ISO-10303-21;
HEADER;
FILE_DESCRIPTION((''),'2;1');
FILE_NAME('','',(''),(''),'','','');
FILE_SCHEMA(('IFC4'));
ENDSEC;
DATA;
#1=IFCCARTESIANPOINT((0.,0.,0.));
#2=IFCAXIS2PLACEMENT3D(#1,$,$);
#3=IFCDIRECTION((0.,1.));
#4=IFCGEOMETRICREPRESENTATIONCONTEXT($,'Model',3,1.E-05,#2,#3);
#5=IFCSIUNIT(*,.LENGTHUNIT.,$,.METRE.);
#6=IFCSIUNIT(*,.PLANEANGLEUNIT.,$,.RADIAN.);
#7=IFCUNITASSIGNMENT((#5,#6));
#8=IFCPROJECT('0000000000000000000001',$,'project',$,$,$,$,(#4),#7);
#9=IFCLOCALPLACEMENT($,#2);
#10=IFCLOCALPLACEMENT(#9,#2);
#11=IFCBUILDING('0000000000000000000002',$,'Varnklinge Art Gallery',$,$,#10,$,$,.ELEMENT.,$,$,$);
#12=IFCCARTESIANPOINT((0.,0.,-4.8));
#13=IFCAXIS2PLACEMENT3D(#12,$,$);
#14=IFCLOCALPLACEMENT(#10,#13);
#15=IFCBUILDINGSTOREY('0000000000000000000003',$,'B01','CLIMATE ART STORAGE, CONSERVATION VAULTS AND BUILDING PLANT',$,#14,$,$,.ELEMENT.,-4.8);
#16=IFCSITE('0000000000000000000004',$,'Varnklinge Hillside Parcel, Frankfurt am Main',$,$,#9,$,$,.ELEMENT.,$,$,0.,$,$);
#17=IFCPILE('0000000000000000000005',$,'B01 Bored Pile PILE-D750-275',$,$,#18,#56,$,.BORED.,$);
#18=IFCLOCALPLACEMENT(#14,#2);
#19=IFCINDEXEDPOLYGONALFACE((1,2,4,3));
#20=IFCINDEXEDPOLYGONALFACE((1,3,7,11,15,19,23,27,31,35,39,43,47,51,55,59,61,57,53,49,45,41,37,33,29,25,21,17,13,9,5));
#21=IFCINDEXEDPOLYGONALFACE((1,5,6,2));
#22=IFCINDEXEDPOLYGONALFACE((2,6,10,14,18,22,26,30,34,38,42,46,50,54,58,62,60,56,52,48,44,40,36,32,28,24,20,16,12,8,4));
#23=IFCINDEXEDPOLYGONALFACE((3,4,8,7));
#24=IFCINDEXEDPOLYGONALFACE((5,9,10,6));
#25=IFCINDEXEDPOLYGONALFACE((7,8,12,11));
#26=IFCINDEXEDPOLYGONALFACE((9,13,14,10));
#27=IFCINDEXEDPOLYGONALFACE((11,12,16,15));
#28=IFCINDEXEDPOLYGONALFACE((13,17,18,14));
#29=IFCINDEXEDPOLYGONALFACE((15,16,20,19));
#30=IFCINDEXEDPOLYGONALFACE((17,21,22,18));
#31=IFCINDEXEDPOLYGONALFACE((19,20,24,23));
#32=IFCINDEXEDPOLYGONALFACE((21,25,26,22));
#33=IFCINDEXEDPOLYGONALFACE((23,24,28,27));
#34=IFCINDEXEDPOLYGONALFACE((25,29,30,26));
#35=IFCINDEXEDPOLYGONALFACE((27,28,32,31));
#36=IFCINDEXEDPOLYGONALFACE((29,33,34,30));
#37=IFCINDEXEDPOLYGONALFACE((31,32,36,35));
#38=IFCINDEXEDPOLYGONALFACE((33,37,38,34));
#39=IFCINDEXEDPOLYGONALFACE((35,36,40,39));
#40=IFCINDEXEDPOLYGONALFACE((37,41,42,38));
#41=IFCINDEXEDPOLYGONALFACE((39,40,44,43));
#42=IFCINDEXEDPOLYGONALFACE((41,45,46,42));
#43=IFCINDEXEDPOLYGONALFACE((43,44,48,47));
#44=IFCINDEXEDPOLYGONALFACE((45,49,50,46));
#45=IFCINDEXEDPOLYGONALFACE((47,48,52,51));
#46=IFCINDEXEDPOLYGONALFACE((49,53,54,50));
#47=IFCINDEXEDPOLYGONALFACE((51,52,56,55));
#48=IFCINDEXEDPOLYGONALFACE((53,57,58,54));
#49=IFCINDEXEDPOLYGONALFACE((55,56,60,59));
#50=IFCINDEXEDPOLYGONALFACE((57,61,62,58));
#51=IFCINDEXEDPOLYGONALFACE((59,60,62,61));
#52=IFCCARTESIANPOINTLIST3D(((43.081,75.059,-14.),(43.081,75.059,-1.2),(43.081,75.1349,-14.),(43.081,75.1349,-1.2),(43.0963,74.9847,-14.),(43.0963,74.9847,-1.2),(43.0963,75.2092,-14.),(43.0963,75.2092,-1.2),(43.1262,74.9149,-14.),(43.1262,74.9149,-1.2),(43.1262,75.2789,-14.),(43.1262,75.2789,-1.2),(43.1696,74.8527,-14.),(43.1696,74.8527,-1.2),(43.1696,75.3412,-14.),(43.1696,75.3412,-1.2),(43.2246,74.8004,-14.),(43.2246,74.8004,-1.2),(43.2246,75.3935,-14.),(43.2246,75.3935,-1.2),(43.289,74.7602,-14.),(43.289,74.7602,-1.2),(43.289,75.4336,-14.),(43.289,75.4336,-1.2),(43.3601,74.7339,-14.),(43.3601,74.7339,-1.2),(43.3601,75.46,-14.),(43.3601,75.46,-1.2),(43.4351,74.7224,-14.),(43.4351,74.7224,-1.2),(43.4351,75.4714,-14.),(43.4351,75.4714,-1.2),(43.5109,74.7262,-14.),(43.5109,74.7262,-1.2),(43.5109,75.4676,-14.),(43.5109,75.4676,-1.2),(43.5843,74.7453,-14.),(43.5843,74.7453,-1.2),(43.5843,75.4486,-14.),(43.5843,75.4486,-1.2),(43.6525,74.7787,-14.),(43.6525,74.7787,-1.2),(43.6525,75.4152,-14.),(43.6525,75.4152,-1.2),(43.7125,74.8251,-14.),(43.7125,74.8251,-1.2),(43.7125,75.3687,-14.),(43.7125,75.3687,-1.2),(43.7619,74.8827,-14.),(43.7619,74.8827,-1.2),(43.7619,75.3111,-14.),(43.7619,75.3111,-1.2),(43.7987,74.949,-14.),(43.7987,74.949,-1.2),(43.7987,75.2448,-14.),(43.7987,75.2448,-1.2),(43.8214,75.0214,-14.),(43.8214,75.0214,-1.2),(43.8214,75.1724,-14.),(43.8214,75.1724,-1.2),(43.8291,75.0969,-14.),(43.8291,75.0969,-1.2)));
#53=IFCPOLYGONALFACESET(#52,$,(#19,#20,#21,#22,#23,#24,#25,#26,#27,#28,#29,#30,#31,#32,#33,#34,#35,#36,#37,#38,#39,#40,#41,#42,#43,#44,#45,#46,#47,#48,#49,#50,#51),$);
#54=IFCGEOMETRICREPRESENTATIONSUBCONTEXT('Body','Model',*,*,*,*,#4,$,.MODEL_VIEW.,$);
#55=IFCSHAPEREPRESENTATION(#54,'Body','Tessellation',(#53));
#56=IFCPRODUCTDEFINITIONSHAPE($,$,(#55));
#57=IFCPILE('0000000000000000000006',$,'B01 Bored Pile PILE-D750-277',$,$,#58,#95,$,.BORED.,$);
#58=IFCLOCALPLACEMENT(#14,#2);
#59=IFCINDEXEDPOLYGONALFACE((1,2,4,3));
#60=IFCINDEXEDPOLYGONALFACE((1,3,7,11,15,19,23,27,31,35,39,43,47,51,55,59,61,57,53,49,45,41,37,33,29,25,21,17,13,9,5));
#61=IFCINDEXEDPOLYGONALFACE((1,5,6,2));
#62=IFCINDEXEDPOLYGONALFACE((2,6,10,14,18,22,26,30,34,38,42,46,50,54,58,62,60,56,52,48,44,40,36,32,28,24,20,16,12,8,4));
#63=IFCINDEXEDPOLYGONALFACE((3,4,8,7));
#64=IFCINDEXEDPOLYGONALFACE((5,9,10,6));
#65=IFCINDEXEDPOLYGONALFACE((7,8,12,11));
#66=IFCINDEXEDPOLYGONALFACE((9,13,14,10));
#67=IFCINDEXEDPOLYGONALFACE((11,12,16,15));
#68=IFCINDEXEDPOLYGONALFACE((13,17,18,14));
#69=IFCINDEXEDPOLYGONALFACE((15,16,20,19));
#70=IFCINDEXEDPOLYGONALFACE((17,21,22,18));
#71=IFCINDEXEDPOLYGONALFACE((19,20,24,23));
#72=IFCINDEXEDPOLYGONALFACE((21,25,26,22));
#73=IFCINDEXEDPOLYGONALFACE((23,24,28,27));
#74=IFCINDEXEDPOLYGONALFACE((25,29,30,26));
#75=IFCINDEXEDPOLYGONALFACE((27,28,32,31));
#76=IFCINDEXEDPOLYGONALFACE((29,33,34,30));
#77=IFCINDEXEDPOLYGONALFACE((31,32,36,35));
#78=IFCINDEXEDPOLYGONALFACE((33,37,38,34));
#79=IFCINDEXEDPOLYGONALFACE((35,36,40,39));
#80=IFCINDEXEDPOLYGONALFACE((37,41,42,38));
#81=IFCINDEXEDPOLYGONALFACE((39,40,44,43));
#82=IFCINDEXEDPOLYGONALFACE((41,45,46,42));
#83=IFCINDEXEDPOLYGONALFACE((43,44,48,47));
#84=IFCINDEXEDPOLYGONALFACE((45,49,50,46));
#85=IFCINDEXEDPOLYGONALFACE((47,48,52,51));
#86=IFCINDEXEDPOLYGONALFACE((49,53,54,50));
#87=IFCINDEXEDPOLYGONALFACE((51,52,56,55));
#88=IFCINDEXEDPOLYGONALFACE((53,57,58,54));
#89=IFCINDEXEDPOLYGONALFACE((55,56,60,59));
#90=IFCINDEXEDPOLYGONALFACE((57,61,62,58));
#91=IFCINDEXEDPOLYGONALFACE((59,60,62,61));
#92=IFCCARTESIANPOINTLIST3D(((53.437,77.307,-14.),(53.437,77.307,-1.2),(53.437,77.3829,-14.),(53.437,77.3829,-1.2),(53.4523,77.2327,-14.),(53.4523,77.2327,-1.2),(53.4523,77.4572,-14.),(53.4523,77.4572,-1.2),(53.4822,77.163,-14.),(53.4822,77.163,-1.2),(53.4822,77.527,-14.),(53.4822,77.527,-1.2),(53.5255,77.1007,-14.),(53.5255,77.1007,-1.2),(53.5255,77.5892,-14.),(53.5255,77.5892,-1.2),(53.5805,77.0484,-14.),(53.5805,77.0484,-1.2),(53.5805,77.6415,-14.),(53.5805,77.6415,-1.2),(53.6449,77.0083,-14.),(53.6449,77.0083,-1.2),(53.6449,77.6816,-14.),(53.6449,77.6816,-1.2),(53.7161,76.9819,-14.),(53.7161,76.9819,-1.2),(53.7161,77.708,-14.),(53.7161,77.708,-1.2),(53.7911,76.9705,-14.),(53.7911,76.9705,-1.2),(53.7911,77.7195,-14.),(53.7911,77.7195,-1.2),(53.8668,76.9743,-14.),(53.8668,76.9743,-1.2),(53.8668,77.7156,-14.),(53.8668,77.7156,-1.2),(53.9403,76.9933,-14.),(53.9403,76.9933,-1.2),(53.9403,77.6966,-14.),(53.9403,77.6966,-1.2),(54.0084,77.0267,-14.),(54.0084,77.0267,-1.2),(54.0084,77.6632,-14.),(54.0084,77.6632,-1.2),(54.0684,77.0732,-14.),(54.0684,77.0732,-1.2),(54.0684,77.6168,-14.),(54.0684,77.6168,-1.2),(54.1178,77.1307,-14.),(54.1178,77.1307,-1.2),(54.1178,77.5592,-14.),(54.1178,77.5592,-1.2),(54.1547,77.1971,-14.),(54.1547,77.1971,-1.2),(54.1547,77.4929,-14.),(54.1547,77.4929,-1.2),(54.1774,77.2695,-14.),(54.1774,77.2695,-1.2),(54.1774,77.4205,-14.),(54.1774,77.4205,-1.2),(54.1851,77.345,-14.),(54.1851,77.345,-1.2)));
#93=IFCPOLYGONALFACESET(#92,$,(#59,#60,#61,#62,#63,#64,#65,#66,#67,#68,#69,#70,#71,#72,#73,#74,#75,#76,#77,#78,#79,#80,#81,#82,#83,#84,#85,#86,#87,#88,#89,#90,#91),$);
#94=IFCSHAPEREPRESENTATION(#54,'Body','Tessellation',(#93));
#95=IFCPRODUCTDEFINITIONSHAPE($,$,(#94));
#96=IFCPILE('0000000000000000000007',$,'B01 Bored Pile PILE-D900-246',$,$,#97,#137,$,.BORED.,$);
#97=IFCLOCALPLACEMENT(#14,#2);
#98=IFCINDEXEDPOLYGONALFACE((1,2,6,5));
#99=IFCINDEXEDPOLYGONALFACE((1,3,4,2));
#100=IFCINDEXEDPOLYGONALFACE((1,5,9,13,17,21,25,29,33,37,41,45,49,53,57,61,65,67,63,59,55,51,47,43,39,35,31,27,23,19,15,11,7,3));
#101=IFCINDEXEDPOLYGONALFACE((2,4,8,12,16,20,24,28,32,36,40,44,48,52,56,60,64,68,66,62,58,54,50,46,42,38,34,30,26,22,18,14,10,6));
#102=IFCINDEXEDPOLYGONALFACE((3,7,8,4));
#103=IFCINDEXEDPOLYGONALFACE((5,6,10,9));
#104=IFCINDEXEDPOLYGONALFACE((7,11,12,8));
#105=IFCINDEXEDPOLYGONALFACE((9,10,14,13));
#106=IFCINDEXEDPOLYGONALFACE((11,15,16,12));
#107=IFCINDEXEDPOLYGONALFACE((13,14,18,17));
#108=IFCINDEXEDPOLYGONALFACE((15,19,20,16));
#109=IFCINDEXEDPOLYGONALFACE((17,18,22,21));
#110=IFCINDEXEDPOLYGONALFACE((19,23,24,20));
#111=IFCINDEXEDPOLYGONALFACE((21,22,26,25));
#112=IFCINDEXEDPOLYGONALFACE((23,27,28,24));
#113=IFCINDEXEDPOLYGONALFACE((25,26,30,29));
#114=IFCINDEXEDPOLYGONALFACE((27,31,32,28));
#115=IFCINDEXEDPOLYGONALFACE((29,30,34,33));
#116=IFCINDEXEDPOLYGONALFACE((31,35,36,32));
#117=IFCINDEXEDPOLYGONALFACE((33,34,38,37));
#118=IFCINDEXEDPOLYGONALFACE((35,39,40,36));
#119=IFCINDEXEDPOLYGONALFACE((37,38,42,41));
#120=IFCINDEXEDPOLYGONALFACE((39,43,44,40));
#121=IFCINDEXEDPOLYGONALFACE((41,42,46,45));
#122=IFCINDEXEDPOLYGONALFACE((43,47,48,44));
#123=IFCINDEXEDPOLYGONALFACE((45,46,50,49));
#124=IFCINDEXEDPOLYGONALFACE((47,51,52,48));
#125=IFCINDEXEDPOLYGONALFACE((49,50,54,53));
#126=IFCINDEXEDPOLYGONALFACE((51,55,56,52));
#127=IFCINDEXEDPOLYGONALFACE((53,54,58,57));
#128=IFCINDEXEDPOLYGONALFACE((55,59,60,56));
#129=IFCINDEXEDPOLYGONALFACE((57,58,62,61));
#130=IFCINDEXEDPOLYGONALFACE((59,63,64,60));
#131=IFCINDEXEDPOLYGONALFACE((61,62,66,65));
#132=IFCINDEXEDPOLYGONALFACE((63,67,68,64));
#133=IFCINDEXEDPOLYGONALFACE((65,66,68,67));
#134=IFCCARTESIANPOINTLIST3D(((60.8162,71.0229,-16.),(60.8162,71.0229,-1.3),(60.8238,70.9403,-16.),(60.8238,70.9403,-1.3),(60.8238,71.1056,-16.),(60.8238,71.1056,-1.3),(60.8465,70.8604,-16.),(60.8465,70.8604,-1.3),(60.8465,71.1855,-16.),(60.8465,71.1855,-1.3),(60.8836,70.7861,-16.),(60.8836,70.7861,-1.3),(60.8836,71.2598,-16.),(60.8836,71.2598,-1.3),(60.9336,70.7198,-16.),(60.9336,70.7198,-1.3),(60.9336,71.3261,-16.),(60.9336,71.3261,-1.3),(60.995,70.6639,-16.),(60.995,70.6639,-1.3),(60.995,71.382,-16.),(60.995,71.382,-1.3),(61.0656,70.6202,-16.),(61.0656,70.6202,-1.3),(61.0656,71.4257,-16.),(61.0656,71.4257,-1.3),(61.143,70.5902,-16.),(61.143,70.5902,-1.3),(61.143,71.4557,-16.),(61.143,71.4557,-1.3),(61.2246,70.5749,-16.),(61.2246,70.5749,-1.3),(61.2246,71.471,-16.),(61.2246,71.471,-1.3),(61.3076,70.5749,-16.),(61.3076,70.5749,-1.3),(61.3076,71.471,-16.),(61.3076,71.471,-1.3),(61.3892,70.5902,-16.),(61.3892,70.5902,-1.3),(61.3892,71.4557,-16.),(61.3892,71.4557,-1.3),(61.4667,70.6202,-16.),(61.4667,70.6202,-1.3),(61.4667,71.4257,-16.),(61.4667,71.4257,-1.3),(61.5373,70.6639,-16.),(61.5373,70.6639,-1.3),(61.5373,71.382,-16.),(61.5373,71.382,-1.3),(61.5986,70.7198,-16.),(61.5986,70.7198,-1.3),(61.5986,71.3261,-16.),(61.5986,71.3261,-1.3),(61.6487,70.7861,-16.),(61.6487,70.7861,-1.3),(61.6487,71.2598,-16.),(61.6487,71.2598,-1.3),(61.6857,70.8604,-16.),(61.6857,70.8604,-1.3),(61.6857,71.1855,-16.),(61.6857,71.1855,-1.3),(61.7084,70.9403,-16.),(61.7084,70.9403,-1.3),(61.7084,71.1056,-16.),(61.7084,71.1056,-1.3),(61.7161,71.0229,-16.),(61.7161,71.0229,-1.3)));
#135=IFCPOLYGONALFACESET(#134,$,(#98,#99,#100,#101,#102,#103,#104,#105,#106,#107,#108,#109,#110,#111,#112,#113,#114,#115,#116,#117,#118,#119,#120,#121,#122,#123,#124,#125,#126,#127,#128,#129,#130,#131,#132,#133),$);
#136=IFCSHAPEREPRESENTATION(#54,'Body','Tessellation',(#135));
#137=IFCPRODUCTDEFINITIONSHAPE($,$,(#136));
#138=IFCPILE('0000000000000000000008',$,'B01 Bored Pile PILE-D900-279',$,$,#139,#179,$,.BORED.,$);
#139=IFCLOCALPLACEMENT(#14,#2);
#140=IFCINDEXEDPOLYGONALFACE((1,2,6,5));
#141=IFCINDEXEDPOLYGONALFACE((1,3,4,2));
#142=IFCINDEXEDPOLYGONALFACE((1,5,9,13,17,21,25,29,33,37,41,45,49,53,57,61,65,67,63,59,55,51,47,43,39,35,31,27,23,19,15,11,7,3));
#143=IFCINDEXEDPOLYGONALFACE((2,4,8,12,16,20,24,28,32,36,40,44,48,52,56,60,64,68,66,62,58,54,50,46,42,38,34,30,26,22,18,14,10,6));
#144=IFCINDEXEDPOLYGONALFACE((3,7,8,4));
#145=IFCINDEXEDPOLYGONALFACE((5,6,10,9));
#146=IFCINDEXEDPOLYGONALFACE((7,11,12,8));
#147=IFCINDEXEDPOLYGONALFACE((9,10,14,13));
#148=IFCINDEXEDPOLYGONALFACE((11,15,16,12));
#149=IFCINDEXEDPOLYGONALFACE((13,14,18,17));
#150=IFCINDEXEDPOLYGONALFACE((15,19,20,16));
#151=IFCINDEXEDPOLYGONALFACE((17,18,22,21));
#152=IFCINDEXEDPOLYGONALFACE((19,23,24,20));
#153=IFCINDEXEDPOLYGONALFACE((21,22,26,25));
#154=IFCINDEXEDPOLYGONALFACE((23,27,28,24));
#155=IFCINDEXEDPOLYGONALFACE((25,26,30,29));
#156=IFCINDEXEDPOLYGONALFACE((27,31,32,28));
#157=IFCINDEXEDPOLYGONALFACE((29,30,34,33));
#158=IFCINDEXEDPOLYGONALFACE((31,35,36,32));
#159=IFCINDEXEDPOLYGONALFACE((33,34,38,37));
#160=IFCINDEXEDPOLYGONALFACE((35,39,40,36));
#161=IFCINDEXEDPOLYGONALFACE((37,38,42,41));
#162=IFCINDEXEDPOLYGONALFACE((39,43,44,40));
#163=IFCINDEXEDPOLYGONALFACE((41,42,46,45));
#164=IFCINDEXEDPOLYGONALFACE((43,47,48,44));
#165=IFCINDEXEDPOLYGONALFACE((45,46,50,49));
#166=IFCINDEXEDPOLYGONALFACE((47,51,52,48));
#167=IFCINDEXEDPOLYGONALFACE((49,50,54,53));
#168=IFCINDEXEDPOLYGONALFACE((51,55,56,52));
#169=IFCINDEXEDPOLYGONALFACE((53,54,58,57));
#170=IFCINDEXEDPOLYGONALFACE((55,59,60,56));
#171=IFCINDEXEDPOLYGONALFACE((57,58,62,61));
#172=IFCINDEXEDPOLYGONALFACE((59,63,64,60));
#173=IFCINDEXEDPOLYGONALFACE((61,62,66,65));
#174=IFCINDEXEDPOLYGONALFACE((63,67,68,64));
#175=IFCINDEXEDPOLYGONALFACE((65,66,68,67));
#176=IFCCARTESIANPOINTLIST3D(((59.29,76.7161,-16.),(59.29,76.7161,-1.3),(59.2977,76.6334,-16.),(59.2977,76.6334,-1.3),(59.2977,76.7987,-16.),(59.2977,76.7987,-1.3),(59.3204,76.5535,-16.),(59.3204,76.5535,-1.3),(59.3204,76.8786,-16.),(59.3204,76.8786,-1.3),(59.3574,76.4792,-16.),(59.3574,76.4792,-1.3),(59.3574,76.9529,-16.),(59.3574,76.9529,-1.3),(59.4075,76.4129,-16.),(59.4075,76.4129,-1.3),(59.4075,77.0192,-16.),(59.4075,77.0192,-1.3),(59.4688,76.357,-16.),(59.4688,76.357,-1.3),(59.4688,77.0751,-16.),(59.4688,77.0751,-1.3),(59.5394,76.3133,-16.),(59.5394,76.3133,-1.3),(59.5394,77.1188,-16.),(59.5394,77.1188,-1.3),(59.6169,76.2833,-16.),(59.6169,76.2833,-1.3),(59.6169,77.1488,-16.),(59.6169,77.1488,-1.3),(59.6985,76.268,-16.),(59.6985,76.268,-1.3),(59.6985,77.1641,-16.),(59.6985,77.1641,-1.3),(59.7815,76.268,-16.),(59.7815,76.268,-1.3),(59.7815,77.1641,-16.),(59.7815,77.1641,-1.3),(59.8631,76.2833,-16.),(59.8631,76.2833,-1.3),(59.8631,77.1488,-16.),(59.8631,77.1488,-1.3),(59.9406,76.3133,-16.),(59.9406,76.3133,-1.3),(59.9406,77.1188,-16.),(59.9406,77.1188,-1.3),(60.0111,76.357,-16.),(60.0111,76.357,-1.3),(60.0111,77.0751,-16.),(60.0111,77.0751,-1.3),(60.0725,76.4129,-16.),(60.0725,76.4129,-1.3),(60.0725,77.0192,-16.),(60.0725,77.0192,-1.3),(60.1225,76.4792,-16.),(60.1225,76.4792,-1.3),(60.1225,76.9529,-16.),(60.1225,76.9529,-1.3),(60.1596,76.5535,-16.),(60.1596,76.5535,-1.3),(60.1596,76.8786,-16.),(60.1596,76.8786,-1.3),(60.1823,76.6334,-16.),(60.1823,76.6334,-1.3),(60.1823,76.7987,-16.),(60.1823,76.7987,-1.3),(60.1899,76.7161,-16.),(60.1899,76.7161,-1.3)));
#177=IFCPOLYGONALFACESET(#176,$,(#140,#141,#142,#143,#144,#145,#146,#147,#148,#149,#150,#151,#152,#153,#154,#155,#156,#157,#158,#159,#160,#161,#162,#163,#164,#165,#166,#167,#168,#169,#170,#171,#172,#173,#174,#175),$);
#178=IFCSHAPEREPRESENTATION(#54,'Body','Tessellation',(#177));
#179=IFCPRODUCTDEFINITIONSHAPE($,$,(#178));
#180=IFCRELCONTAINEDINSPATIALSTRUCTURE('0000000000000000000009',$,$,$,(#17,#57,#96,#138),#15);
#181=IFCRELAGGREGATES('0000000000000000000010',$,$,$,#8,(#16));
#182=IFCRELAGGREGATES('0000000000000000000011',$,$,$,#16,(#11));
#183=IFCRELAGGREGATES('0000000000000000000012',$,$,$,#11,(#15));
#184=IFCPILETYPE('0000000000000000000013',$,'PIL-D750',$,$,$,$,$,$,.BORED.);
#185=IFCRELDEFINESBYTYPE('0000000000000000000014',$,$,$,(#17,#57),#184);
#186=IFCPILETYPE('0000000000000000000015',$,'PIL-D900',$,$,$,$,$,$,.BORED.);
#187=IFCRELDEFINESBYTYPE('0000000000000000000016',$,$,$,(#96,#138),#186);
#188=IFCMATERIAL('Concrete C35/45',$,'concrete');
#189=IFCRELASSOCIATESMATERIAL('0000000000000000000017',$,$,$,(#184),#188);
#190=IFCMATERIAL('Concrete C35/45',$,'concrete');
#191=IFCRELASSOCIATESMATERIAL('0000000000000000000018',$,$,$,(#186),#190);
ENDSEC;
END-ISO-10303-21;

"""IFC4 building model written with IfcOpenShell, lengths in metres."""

from ifc_helpers import new_model, si_unit, direction, frame, origin, origin_2d, place, context, subcontext, project, spatial, circle, extrude, material, material_profile, profile_set, type_object, element, save


model = new_model("IFC4")

# Units and contexts
model_context = context("Model", 3, precision=1e-05, world=origin(), true_north=direction((0.0, 1.0)))
body_context = subcontext(model_context, "Body", "Model", "MODEL_VIEW")
ifc_project = project(units=[si_unit("LENGTHUNIT", "METRE"), si_unit("PLANEANGLEUNIT", "RADIAN")], contexts=[model_context])

# Site, building, storey
site_placement = place(None, origin())
site = spatial("IfcSite", under=ifc_project, at=site_placement, Name="Varnklinge Hillside Parcel, Frankfurt am Main", CompositionType="ELEMENT", RefElevation=0.0)
building_placement = place(site_placement, origin())
building = spatial("IfcBuilding", under=site, at=building_placement, Name="Varnklinge Art Gallery", CompositionType="ELEMENT")
storey_placement = place(building_placement, frame((0.0, 0.0, -4.8)))
storey = spatial("IfcBuildingStorey", under=building, at=storey_placement, Name="B01", Description="CLIMATE ART STORAGE, CONSERVATION VAULTS AND BUILDING PLANT", CompositionType="ELEMENT", Elevation=-4.8)

# Piles
ifc_material_1 = material(Name="Concrete C35/45", Category="concrete")
ifc_material_profile_1 = material_profile(ifc_material_1, circle(Radius=0.375, at=origin_2d()), Name="PILE D750")
ifc_profile_set_1 = profile_set([ifc_material_profile_1], Name="Concrete C35/45")
pile_type_1 = type_object("IfcPileType", Name="PIL-D750", PredefinedType="BORED", material=ifc_profile_set_1)
for number, where, z_axis, x_axis, name in (
    (1, (43.4541, 75.0969, -1.2), (0.0, 0.0, -1.0), (1.0, 0.0, 0.0), "B01 Bored Pile PILE-D750-275"),
    (2, (53.8101, 77.345, -1.2), (0.0, 0.0, -1.0), (1.0, 0.0, 0.0), "B01 Bored Pile PILE-D750-277"),
):
    element("IfcPile", number, at=place(storey_placement, frame(where, z_axis=z_axis, x_axis=x_axis)), inside=storey, type_object=pile_type_1, Name=name, PredefinedType="BORED", context=body_context, shape_type="SweptSolid", body=[
        extrude(circle(Radius=0.375, at=origin_2d()), origin(), (0.0, 0.0, 1.0), 12.8),
    ])
ifc_material_2 = material(Name="Concrete C35/45", Category="concrete")
ifc_material_profile_2 = material_profile(ifc_material_2, circle(Radius=0.45, at=origin_2d()), Name="PILE D900")
ifc_profile_set_2 = profile_set([ifc_material_profile_2], Name="Concrete C35/45")
pile_type_2 = type_object("IfcPileType", Name="PIL-D900", PredefinedType="BORED", material=ifc_profile_set_2)
for number, where, z_axis, x_axis, name in (
    (3, (61.2661, 71.0229, -1.3), (0.0, 0.0, -1.0), (1.0, 0.0, 0.0), "B01 Bored Pile PILE-D900-246"),
    (4, (59.74, 76.7161, -1.3), (0.0, 0.0, -1.0), (1.0, 0.0, 0.0), "B01 Bored Pile PILE-D900-279"),
):
    element("IfcPile", number, at=place(storey_placement, frame(where, z_axis=z_axis, x_axis=x_axis)), inside=storey, type_object=pile_type_2, Name=name, PredefinedType="BORED", context=body_context, shape_type="SweptSolid", body=[
        extrude(circle(Radius=0.45, at=origin_2d()), origin(), (0.0, 0.0, 1.0), 14.7),
    ])

save(model, "model.ifc")
